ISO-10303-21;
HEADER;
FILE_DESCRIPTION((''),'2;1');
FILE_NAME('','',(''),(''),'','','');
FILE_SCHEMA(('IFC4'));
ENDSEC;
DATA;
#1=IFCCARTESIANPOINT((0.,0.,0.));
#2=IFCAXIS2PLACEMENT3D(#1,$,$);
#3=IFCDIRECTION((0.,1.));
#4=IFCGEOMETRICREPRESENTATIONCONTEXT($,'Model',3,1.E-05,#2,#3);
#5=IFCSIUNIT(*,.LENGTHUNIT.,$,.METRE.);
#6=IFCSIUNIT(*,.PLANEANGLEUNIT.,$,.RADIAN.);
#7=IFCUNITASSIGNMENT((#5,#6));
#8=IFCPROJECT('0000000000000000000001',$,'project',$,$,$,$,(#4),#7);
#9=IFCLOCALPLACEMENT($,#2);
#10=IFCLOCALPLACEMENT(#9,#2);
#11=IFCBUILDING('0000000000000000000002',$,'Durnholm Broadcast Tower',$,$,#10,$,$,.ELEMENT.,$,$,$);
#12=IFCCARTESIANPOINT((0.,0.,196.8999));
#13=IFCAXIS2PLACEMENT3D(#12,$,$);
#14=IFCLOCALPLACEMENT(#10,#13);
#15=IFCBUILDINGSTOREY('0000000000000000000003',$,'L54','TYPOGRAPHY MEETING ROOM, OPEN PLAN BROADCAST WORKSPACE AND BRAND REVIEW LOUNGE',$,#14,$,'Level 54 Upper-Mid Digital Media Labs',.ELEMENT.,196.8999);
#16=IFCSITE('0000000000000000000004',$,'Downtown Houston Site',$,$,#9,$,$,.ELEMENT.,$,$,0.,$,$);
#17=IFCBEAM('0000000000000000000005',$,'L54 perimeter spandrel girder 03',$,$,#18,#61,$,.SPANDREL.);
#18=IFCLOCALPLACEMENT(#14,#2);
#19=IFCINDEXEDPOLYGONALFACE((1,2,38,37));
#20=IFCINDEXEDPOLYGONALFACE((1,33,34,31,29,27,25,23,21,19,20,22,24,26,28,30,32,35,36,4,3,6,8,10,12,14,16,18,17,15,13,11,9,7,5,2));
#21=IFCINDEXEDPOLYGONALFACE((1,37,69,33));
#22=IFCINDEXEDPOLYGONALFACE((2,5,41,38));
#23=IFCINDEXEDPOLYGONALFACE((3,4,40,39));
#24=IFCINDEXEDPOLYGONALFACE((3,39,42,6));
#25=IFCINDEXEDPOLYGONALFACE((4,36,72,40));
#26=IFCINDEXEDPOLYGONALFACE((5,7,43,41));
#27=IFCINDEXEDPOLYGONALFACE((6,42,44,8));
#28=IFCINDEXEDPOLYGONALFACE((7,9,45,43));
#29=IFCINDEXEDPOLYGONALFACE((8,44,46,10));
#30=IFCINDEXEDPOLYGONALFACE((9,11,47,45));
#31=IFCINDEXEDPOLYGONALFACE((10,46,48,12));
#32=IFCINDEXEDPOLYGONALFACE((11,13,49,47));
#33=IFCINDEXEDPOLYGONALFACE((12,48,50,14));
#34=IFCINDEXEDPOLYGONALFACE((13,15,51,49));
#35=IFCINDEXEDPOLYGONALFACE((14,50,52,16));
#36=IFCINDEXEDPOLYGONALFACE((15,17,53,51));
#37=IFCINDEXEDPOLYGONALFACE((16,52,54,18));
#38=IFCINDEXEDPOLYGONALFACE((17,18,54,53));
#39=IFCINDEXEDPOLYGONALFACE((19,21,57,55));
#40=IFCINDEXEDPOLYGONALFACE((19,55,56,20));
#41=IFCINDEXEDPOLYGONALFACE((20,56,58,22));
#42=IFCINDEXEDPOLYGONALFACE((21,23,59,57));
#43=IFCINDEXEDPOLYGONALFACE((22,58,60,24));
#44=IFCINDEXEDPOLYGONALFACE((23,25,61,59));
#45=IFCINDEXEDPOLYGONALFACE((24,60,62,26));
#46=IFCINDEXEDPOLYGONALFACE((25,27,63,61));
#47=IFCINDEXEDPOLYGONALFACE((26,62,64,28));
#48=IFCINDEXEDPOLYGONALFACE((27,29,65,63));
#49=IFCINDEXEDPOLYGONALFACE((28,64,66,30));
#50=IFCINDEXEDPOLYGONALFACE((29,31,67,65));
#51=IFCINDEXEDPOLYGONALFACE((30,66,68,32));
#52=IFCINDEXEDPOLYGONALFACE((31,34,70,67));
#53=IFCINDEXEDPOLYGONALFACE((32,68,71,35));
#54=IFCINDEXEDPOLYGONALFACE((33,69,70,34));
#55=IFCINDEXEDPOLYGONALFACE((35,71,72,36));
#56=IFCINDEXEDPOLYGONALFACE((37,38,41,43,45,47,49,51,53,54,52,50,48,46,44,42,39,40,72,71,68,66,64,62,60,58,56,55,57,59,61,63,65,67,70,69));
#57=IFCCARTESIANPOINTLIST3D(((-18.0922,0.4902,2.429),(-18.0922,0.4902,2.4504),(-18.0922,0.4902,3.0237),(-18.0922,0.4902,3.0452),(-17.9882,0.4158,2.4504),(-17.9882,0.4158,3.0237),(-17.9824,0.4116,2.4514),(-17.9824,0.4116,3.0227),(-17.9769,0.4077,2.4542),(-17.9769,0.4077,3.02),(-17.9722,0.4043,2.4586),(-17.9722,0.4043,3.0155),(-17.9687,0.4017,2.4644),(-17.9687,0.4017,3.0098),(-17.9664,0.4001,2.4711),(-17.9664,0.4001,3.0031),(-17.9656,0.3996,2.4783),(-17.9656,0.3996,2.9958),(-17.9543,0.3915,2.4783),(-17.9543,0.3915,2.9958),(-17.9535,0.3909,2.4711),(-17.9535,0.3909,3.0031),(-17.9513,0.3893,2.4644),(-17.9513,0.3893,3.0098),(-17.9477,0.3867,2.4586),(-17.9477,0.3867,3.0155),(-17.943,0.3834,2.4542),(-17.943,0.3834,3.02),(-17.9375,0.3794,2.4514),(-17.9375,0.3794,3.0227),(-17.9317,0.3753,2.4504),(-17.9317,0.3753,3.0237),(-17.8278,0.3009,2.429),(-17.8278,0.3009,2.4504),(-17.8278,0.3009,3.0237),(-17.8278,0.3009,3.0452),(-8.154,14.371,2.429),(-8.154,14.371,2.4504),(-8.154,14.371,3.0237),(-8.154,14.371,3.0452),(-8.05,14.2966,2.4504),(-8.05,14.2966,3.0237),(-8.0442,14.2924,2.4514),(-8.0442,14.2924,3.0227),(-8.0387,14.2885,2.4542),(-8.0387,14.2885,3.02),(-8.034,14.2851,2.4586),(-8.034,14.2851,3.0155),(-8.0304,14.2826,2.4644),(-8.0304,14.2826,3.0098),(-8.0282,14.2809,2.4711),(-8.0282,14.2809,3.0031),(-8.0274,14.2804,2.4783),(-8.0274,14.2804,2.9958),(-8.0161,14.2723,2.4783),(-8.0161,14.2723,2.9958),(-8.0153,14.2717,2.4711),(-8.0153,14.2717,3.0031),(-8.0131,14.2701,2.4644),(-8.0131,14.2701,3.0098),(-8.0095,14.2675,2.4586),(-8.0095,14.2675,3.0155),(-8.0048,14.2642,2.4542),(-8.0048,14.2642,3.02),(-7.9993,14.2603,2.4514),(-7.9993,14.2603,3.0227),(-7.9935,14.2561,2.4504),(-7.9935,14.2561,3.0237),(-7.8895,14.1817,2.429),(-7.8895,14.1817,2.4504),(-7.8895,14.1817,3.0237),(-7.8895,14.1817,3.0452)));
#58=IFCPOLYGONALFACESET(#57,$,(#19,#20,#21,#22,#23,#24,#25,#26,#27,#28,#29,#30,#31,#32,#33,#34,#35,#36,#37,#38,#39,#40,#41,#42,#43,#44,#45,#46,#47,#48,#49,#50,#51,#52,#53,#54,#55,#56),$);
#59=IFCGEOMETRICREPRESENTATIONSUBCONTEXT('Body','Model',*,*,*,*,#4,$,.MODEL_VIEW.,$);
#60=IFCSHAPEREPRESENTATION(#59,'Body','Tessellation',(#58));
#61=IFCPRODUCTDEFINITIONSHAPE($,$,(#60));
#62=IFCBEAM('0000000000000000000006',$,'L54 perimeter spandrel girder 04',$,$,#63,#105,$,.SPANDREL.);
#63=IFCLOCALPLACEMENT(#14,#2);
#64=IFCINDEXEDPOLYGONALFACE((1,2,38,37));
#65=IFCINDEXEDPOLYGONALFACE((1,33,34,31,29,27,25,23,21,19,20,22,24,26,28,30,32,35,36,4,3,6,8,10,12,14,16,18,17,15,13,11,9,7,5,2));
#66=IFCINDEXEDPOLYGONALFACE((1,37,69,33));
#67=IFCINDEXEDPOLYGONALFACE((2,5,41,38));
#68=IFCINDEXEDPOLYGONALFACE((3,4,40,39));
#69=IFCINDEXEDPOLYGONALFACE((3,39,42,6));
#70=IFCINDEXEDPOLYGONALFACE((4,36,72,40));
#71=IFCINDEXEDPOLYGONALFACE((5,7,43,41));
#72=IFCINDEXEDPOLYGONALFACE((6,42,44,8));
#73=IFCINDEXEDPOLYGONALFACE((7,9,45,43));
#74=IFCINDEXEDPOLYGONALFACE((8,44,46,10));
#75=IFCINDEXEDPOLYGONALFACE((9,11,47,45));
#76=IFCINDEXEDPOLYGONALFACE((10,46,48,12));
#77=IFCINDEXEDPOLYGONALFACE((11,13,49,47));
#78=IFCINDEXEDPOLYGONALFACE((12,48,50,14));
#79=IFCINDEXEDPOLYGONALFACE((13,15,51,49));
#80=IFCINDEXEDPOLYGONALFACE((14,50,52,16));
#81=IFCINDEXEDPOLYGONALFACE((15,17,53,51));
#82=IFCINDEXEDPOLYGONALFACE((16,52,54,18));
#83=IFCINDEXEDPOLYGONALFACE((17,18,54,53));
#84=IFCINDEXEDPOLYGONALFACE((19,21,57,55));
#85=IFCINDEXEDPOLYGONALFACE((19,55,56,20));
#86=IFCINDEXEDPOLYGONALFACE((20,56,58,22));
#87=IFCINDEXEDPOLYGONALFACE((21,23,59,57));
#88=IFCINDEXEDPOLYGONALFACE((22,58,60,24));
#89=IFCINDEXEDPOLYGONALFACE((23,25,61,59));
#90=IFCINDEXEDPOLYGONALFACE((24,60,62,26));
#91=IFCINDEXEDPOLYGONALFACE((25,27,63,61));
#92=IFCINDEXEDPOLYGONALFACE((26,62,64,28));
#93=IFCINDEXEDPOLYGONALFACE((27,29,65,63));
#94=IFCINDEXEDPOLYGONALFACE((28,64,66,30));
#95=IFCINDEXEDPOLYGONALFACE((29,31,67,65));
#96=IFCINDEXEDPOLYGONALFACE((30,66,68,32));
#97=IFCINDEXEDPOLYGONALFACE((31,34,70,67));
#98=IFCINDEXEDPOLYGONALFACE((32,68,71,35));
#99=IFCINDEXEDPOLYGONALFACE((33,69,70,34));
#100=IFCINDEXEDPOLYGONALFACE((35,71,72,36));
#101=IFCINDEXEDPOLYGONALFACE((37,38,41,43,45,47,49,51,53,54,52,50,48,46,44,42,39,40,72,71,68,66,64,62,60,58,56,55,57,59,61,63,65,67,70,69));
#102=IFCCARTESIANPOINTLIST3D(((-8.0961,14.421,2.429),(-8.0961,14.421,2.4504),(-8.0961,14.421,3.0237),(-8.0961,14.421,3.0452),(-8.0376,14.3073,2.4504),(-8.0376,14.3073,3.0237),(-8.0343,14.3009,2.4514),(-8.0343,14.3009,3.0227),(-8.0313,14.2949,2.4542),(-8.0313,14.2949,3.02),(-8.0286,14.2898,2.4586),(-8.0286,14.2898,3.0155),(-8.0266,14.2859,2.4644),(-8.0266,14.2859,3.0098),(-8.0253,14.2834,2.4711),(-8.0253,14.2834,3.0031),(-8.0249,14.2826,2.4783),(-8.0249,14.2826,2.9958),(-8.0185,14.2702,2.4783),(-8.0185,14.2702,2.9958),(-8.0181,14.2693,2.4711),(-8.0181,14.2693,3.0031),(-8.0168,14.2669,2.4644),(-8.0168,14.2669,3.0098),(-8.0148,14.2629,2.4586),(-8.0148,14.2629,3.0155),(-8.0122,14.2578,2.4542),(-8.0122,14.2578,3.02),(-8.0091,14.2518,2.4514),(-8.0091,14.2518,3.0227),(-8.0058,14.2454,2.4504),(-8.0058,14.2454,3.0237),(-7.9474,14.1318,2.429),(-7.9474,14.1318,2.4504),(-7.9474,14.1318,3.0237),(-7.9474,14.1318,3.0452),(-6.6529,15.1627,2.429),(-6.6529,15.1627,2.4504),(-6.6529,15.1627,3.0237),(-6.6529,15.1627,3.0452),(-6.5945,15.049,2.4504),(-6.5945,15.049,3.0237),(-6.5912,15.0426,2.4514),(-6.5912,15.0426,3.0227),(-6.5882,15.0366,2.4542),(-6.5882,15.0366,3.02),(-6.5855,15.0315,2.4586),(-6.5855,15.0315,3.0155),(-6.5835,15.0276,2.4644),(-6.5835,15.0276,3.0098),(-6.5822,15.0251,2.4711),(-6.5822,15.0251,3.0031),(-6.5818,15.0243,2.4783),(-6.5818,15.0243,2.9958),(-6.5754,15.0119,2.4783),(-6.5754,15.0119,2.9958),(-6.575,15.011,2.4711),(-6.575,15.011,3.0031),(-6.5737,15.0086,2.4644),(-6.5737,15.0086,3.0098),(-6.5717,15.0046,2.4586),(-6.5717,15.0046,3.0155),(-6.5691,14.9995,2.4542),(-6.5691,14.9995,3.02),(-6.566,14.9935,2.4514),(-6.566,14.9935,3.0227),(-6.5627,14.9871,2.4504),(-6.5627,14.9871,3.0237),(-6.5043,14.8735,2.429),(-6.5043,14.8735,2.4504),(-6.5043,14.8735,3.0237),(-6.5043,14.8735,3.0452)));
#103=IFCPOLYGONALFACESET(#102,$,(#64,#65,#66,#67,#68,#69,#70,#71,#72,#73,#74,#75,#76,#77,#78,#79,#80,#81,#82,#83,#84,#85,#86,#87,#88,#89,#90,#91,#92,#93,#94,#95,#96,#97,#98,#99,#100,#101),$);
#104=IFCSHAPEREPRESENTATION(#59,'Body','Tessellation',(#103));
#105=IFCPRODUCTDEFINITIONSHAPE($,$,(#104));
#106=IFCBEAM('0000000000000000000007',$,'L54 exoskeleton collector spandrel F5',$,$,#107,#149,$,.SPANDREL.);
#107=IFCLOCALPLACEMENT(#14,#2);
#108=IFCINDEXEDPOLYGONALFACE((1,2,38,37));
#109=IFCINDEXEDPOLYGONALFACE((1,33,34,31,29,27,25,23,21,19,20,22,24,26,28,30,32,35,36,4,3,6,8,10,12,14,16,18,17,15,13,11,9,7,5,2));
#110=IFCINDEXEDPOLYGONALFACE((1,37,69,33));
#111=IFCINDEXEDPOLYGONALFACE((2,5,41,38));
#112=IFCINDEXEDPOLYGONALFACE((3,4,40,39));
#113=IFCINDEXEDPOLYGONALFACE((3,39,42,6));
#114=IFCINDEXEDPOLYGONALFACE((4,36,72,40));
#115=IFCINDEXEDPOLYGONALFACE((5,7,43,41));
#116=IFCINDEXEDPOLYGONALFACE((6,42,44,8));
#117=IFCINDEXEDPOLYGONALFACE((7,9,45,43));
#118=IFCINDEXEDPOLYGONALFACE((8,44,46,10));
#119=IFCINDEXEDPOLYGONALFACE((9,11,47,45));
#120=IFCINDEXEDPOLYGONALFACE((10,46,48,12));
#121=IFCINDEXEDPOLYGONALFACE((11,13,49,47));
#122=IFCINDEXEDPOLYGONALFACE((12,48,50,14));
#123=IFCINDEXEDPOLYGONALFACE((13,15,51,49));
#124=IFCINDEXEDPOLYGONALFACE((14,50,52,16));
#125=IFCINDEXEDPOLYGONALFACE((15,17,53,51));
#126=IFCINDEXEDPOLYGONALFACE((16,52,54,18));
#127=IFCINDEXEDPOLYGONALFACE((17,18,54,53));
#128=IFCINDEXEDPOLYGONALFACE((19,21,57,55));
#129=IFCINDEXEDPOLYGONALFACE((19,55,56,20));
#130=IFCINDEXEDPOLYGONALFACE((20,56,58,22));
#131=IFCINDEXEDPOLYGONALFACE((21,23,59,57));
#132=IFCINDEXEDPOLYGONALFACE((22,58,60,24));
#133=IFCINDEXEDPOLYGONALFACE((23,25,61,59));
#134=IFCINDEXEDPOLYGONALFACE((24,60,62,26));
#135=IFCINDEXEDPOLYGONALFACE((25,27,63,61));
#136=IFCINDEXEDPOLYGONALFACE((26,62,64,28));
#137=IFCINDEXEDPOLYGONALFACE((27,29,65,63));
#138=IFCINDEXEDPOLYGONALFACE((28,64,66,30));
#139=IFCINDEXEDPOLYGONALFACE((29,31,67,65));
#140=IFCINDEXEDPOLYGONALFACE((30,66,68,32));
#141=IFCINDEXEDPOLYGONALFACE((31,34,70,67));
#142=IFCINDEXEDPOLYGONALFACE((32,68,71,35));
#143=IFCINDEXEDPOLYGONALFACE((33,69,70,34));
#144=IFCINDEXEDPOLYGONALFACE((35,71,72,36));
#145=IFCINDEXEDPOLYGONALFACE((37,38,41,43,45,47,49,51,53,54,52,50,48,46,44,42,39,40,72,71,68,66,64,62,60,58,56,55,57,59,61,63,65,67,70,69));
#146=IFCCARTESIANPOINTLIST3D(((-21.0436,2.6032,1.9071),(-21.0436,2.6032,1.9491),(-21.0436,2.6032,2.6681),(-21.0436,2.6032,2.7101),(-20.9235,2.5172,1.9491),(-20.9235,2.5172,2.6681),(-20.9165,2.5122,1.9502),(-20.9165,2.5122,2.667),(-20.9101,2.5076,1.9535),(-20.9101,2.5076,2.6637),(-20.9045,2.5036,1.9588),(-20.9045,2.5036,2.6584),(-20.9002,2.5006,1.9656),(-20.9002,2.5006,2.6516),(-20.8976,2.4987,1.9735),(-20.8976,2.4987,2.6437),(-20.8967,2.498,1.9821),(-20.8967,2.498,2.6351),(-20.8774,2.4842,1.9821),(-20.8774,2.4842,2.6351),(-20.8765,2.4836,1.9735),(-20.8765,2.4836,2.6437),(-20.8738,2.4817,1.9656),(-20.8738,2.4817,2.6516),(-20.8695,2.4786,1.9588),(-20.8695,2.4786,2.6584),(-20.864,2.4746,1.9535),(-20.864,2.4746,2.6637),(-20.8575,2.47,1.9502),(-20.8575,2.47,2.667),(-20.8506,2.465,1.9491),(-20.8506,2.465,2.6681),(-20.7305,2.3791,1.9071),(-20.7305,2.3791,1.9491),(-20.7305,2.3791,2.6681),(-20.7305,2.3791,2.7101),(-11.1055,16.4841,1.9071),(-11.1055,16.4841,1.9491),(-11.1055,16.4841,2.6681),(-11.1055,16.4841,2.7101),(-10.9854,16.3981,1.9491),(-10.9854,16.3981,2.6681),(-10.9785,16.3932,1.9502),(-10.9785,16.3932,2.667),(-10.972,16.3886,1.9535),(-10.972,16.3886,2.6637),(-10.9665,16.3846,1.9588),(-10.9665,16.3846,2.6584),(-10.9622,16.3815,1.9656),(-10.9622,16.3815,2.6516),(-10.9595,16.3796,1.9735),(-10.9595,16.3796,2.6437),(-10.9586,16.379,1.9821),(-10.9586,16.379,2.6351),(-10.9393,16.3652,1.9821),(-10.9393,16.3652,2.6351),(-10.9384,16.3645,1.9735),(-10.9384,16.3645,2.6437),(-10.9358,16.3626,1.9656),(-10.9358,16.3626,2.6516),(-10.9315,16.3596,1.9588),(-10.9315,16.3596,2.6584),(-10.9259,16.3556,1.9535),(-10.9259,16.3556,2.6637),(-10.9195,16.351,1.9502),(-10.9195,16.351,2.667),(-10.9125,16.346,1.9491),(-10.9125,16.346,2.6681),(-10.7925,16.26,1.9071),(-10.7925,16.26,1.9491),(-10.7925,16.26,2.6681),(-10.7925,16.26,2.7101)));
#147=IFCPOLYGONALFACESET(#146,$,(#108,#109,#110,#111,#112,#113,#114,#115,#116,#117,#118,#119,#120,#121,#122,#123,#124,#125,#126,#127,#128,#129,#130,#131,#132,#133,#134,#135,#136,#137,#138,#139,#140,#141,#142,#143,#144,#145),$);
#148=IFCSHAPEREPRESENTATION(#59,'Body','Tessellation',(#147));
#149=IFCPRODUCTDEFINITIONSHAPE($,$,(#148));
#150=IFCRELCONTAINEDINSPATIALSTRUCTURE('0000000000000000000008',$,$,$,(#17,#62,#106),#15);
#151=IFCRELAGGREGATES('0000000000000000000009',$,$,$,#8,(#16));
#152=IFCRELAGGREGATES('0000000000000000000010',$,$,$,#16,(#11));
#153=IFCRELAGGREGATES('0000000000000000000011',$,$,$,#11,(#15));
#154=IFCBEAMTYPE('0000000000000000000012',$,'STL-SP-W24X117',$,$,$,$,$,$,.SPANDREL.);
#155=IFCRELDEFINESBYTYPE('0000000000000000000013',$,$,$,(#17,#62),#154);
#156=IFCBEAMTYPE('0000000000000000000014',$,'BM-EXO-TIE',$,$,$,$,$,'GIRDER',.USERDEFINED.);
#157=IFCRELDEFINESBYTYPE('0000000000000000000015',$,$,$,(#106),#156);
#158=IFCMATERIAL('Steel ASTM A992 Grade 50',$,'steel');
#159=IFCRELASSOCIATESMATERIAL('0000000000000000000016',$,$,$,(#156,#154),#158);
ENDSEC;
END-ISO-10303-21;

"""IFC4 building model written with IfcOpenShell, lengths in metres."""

from ifc_helpers import new_model, si_unit, direction, frame, origin, origin_2d, place, context, subcontext, project, spatial, i_section, extrude, source, transform, mapped, material, material_profile, profile_set, type_object, type_shapes, element, save


model = new_model("IFC4")

# Units and contexts
model_context = context("Model", 3, precision=1e-05, world=origin(), true_north=direction((0.0, 1.0)))
body_context = subcontext(model_context, "Body", "Model", "MODEL_VIEW")
ifc_project = project(units=[si_unit("LENGTHUNIT", "METRE"), si_unit("PLANEANGLEUNIT", "RADIAN")], contexts=[model_context])

# Site, building, storey
site_placement = place(None, origin())
site = spatial("IfcSite", under=ifc_project, at=site_placement, Name="Downtown Houston Site", CompositionType="ELEMENT", RefElevation=0.0)
building_placement = place(site_placement, origin())
building = spatial("IfcBuilding", under=site, at=building_placement, Name="Durnholm Broadcast Tower", CompositionType="ELEMENT")
storey_placement = place(building_placement, frame((0.0, 0.0, 196.8999)))
storey = spatial("IfcBuildingStorey", under=building, at=storey_placement, Name="L54", Description="TYPOGRAPHY MEETING ROOM, OPEN PLAN BROADCAST WORKSPACE AND BRAND REVIEW LOUNGE", LongName="Level 54 Upper-Mid Digital Media Labs", CompositionType="ELEMENT", Elevation=196.8999)

# Beams
ifc_material_1 = material(Name="Steel ASTM A992 Grade 50", Category="steel")
ifc_material_profile_1 = material_profile(ifc_material_1, i_section(OverallWidth=0.385, OverallDepth=0.803, WebThickness=0.0237, FlangeThickness=0.042, FilletRadius=0.033, at=origin_2d()), Name="W30X261")
ifc_profile_set_1 = profile_set([ifc_material_profile_1], Name="Steel ASTM A992 Grade 50")
beam_type_1 = type_object("IfcBeamType", Name="BM-EXO-TIE", ElementType="GIRDER", PredefinedType="USERDEFINED", material=ifc_profile_set_1)
ifc_material_profile_2 = material_profile(ifc_material_1, i_section(OverallWidth=0.3252, OverallDepth=0.6162, WebThickness=0.0139, FlangeThickness=0.0215, FilletRadius=0.0278, at=origin_2d()), Name="W24X117")
ifc_profile_set_2 = profile_set([ifc_material_profile_2], Name="Steel ASTM A992 Grade 50")
beam_type_2 = type_object("IfcBeamType", Name="STL-SP-W24X117", PredefinedType="SPANDREL", material=ifc_profile_set_2)
shared_shape_1 = source(origin(), body_context, "Body", "SweptSolid", [
    extrude(i_section(OverallWidth=0.3252, OverallDepth=0.6162, WebThickness=0.0139, FlangeThickness=0.0215, FilletRadius=0.0278, at=origin_2d()), origin(), (0.0, 0.0, 1.0), 17.0718),
])
beam_1_placement = place(storey_placement, frame((-17.96, 0.3955, 2.7371), z_axis=(0.582143, 0.813087, 0.0), x_axis=(-0.813087, 0.582143, 0.0)))
element("IfcBeam", 1, at=beam_1_placement, inside=storey, type_object=beam_type_2, Name="L54 perimeter spandrel girder 03", PredefinedType="SPANDREL", context=body_context, shape_type="MappedRepresentation", body=[
    mapped(shared_shape_1, transform((0.0, 0.0, 0.0), x_axis=(1.0, 0.0, 0.0), y_axis=(0.0, 1.0, 0.0), z_axis=(0.0, 0.0, 1.0), scale=1.0)),
])
shared_shape_2 = source(origin(), body_context, "Body", "SweptSolid", [
    extrude(i_section(OverallWidth=0.3252, OverallDepth=0.6162, WebThickness=0.0139, FlangeThickness=0.0215, FilletRadius=0.0278, at=origin_2d()), origin(), (0.0, 0.0, 1.0), 1.6226),
])
type_shapes(beam_type_2, [shared_shape_1, shared_shape_2])
beam_2_placement = place(storey_placement, frame((-8.0217, 14.2764, 2.7371), z_axis=(0.889407, 0.457117, 0.0), x_axis=(-0.457117, 0.889407, 0.0)))
element("IfcBeam", 2, at=beam_2_placement, inside=storey, type_object=beam_type_2, Name="L54 perimeter spandrel girder 04", PredefinedType="SPANDREL", context=body_context, shape_type="MappedRepresentation", body=[
    mapped(shared_shape_2, transform((0.0, 0.0, 0.0), x_axis=(1.0, 0.0, 0.0), y_axis=(0.0, 1.0, 0.0), z_axis=(0.0, 0.0, 1.0), scale=1.0)),
])
shared_shape_3 = source(origin(), body_context, "Body", "SweptSolid", [
    extrude(i_section(OverallWidth=0.385, OverallDepth=0.803, WebThickness=0.0237, FlangeThickness=0.042, FilletRadius=0.033, at=origin_2d()), origin(), (0.0, 0.0, 1.0), 17.0718),
])
beam_3_placement = place(storey_placement, frame((-10.949, 16.3721, 2.3086), z_axis=(-0.582133, -0.813093, 0.0), x_axis=(0.813093, -0.582133, 0.0)))
element("IfcBeam", 3, at=beam_3_placement, inside=storey, type_object=beam_type_1, Name="L54 exoskeleton collector spandrel F5", PredefinedType="SPANDREL", context=body_context, shape_type="MappedRepresentation", body=[
    mapped(shared_shape_3, transform((0.0, 0.0, 0.0), x_axis=(1.0, 0.0, 0.0), y_axis=(0.0, 1.0, 0.0), z_axis=(0.0, 0.0, 1.0), scale=1.0)),
])

save(model, "model.ifc")
